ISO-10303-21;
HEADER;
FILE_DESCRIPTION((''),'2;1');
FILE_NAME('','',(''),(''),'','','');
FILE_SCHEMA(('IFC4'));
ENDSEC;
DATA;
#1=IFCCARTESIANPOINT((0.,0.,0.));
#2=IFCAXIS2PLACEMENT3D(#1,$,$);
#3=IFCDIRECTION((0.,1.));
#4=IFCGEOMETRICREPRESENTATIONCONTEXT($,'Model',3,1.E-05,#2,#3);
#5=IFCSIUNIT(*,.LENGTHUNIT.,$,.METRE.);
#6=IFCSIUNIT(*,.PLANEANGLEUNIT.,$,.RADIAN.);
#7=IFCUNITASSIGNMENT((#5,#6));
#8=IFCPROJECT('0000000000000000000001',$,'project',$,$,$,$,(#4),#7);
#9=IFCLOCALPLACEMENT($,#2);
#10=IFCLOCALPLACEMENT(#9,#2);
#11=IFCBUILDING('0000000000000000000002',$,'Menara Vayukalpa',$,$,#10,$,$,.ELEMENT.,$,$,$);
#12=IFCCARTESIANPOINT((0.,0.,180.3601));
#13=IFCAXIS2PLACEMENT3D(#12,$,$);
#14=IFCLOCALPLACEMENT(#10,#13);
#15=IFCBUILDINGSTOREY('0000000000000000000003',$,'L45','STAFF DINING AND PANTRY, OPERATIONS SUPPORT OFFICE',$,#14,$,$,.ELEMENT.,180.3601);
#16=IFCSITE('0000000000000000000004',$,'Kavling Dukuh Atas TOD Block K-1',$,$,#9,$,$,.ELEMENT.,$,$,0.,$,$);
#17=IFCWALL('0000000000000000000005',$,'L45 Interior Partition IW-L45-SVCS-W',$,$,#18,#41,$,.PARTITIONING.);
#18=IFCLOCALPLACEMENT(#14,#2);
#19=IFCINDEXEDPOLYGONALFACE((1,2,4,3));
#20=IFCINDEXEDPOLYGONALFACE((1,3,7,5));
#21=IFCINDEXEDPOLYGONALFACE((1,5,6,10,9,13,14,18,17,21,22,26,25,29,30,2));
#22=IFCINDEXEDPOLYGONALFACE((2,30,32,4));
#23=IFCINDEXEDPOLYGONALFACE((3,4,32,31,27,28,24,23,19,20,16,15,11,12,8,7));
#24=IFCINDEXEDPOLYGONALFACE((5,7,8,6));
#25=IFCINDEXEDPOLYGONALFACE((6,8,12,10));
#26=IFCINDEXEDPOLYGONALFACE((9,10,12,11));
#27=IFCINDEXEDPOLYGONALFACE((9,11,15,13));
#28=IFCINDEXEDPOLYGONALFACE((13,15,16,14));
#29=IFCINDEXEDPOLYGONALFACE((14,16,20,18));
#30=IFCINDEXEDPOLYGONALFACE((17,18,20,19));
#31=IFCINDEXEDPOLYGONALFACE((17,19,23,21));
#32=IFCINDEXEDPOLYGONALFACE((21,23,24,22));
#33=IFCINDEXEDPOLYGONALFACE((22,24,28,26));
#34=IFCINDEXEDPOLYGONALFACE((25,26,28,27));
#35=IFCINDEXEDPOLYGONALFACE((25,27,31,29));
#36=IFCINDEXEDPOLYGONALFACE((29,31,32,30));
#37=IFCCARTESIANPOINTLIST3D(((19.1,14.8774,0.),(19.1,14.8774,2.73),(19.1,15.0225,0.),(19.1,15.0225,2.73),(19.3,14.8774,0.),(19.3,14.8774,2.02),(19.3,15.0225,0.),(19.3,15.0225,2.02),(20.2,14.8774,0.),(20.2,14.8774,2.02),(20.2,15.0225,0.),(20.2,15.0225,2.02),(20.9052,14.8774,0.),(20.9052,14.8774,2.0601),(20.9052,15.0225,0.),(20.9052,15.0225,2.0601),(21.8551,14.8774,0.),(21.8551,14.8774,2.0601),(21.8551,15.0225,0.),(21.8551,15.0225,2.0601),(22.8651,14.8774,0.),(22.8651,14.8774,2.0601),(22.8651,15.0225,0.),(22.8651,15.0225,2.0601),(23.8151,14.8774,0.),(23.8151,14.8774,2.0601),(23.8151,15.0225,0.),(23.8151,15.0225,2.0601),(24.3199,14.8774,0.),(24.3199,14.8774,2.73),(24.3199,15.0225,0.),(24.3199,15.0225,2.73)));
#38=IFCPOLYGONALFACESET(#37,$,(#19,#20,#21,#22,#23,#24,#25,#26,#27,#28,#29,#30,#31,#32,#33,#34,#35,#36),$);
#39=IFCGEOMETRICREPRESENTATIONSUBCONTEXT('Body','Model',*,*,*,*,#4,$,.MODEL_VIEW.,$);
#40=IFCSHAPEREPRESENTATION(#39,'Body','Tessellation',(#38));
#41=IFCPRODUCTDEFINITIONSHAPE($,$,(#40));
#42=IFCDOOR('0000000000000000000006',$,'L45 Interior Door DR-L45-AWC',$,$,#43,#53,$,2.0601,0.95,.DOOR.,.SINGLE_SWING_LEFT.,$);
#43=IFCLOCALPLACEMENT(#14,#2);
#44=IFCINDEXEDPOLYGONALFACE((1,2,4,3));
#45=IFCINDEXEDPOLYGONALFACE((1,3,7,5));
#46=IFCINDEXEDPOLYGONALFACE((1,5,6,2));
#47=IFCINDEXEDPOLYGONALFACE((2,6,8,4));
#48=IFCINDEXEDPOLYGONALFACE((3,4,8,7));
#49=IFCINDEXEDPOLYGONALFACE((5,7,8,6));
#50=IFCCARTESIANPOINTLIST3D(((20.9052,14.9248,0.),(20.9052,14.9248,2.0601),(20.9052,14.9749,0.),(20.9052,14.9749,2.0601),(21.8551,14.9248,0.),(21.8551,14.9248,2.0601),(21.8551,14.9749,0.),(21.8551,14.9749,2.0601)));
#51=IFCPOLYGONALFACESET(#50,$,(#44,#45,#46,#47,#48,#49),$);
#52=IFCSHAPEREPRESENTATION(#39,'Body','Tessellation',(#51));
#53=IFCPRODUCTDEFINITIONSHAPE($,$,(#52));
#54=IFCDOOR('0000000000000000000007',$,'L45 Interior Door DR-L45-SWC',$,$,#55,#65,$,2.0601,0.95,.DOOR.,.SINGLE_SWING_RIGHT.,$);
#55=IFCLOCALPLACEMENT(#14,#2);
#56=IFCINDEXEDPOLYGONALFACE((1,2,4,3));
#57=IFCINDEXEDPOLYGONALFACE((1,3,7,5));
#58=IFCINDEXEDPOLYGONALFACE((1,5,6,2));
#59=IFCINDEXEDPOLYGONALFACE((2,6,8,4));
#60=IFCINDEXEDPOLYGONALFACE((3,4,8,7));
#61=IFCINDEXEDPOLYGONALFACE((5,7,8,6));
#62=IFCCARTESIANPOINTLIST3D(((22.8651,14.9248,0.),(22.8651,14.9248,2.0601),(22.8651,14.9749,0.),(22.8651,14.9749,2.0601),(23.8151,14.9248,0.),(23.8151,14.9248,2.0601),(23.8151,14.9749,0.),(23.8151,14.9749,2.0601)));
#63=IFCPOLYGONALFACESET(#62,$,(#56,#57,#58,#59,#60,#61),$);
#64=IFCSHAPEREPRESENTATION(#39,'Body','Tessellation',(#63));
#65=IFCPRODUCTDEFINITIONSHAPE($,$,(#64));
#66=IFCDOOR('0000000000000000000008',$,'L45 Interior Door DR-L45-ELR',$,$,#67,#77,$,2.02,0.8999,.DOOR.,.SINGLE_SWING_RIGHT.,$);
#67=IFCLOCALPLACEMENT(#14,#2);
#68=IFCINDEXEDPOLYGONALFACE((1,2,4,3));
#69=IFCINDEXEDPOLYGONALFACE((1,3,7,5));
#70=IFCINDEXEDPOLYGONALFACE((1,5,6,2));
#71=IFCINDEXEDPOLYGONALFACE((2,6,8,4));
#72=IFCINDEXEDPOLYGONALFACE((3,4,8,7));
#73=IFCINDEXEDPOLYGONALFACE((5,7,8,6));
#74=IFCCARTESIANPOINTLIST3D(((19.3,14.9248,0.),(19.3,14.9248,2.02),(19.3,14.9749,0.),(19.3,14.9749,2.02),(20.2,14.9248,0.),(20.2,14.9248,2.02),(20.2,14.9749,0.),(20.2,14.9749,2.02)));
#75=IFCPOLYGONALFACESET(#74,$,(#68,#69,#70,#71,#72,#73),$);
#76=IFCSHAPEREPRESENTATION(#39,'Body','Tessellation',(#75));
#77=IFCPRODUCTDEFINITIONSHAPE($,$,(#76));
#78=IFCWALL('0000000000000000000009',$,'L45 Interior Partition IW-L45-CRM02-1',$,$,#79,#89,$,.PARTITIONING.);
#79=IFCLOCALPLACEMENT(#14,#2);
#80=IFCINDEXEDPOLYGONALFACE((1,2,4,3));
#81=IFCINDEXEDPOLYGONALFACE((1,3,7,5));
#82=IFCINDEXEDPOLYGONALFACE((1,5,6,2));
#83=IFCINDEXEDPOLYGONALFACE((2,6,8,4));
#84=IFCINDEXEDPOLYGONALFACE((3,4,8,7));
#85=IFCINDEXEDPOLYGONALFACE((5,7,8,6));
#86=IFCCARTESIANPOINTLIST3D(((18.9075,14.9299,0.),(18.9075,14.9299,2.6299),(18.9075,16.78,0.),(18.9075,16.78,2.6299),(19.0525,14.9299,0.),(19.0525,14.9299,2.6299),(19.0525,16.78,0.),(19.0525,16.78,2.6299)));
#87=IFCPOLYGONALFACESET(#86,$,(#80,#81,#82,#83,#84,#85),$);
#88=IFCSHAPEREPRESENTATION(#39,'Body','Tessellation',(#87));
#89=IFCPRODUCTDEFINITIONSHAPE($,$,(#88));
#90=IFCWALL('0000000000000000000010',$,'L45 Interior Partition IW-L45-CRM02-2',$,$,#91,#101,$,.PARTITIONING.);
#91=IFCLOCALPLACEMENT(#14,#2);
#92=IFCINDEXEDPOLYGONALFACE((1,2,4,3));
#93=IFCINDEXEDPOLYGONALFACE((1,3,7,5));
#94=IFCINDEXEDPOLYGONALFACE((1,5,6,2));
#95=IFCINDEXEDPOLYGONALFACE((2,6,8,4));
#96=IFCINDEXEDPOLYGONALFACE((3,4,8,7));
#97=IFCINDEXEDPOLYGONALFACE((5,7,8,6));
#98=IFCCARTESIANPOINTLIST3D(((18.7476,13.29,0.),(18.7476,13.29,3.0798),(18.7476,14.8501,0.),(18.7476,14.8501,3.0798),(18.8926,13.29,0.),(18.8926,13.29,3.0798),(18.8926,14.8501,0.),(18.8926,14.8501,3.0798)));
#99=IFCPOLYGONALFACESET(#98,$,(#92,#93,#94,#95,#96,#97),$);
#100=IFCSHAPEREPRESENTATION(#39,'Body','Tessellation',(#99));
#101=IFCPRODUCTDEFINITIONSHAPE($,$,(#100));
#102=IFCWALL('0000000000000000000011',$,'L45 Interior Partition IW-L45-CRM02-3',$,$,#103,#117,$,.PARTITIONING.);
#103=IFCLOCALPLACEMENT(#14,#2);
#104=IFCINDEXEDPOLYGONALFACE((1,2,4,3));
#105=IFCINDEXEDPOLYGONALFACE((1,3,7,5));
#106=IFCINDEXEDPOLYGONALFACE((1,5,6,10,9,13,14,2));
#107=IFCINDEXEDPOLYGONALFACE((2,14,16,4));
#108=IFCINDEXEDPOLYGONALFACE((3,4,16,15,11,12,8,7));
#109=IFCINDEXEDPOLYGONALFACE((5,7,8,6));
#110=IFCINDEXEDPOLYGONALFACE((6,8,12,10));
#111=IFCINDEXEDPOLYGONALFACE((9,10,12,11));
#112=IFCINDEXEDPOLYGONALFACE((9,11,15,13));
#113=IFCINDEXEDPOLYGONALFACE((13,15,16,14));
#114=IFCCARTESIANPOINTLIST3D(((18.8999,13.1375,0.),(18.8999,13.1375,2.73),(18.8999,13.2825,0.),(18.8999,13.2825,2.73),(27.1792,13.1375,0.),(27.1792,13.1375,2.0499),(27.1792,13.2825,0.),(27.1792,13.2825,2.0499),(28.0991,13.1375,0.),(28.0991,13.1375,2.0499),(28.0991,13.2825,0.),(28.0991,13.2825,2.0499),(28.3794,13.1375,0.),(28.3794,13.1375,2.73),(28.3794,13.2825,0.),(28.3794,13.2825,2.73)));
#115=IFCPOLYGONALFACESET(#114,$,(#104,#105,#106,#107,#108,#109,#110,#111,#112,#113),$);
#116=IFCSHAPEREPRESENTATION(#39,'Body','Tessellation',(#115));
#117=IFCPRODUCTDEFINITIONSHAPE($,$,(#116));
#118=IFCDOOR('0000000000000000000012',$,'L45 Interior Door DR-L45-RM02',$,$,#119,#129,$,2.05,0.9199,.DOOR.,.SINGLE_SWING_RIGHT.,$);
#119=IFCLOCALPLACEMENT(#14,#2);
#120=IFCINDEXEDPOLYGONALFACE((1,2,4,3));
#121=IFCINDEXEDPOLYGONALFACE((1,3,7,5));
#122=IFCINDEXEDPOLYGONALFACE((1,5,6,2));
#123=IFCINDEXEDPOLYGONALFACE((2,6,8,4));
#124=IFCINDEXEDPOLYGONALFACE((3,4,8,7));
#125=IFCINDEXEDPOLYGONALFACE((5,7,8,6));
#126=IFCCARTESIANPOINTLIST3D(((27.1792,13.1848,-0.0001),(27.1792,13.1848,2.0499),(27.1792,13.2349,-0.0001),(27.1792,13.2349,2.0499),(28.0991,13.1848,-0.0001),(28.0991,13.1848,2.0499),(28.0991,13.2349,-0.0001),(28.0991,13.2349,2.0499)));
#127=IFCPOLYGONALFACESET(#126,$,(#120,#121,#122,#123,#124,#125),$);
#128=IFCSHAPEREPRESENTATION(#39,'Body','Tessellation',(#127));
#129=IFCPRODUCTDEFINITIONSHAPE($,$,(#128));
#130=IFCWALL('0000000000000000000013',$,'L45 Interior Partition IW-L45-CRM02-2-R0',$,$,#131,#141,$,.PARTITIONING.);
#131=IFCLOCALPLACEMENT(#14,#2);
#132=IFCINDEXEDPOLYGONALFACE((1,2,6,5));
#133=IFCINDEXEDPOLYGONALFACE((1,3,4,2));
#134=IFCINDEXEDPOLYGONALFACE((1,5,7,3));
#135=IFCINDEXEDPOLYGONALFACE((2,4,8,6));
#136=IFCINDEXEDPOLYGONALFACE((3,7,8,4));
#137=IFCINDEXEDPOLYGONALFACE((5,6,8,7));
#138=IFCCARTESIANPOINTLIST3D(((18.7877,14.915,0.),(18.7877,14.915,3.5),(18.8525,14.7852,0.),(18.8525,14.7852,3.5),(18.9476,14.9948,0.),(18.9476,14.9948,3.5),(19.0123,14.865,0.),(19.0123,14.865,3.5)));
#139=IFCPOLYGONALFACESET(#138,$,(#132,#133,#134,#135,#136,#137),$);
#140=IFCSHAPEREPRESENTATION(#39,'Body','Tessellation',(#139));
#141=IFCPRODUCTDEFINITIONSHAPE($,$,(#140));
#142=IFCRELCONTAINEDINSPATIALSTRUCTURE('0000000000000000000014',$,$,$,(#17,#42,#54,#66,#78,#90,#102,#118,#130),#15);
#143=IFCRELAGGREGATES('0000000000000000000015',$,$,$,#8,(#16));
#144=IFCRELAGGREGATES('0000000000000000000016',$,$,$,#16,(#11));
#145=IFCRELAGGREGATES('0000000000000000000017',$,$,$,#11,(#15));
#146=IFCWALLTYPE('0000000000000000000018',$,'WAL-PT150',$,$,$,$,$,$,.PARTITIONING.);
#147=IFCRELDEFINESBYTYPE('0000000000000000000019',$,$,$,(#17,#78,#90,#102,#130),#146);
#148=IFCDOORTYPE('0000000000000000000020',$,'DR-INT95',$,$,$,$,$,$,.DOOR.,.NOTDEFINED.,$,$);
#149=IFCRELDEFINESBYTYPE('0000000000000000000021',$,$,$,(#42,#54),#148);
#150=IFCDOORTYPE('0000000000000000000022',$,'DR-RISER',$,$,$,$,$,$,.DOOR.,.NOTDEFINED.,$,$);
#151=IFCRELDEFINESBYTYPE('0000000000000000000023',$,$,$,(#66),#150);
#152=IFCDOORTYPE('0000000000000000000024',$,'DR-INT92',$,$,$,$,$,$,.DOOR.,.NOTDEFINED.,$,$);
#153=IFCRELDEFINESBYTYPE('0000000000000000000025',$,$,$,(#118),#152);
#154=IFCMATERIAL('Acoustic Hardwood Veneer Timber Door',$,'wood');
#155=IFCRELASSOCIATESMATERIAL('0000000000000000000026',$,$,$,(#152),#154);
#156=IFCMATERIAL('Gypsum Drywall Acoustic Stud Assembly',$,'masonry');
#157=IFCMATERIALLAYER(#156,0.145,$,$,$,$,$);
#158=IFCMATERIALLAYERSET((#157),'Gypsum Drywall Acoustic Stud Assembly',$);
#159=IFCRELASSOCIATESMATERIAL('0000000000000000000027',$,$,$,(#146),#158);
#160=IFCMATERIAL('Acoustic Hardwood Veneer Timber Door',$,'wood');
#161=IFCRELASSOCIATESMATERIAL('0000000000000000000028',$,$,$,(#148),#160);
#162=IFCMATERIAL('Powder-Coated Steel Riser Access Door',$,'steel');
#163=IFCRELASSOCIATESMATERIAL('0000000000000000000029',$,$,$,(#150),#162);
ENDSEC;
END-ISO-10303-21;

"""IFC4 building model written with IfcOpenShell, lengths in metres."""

from ifc_helpers import new_model, si_unit, direction, frame, frame_2d, origin, place, context, subcontext, project, spatial, rectangle, extrude, material, layer, layer_set, type_object, element, fill, save


model = new_model("IFC4")

# Units and contexts
model_context = context("Model", 3, precision=1e-05, world=origin(), true_north=direction((0.0, 1.0)))
body_context = subcontext(model_context, "Body", "Model", "MODEL_VIEW")
ifc_project = project(units=[si_unit("LENGTHUNIT", "METRE"), si_unit("PLANEANGLEUNIT", "RADIAN")], contexts=[model_context])

# Site, building, storey
site_placement = place(None, origin())
site = spatial("IfcSite", under=ifc_project, at=site_placement, Name="Kavling Dukuh Atas TOD Block K-1", CompositionType="ELEMENT", RefElevation=0.0)
building_placement = place(site_placement, origin())
building = spatial("IfcBuilding", under=site, at=building_placement, Name="Menara Vayukalpa", CompositionType="ELEMENT")
storey_placement = place(building_placement, frame((0.0, 0.0, 180.3601)))
storey = spatial("IfcBuildingStorey", under=building, at=storey_placement, Name="L45", Description="STAFF DINING AND PANTRY, OPERATIONS SUPPORT OFFICE", CompositionType="ELEMENT", Elevation=180.3601)

# Shared definitions
ifc_material_1 = material(Name="Acoustic Hardwood Veneer Timber Door", Category="wood")
door_type_1 = type_object("IfcDoorType", Name="DR-INT92", OperationType="NOTDEFINED", PredefinedType="DOOR", material=ifc_material_1)

# Wall, openings, doors
ifc_material_2 = material(Name="Gypsum Drywall Acoustic Stud Assembly", Category="masonry")
ifc_layer_1 = layer(ifc_material_2, 0.145)
ifc_layer_set_1 = layer_set([ifc_layer_1], Name="Gypsum Drywall Acoustic Stud Assembly")
wall_type_1 = type_object("IfcWallType", Name="WAL-PT150", PredefinedType="PARTITIONING", material=ifc_layer_set_1)
wall_1_placement = place(storey_placement, frame((19.1001, 14.95, 0.0), z_axis=(0.0, 0.0, 1.0), x_axis=(1.0, 0.0, 0.0)))
wall_1 = element("IfcWall", 1, at=wall_1_placement, inside=storey, type_object=wall_type_1, Name="L45 Interior Partition IW-L45-SVCS-W", PredefinedType="PARTITIONING", context=body_context, shape_type="SweptSolid", body=[
    extrude(rectangle(XDim=5.22, YDim=0.145, at=frame_2d((2.6099, 0.0))), origin(), (0.0, 0.0, 1.0), 2.73),
])
opening_1_placement = place(wall_1_placement, frame((0.2, 0.0, 0.0)))
opening_1 = element("IfcOpeningElement", 2, at=opening_1_placement, cuts=wall_1, PredefinedType="OPENING", context=body_context, shape_type="SweptSolid", body=[
    extrude(rectangle(XDim=0.8999, YDim=2.02, at=frame_2d((0.45, 1.01))), frame((0.0, 0.0825, 0.0), z_axis=(0.0, -1.0, 0.0), x_axis=(1.0, 0.0, 0.0)), (0.0, 0.0, 1.0), 0.165),
])
opening_2_placement = place(wall_1_placement, frame((1.8049, 0.0, 0.0)))
opening_2 = element("IfcOpeningElement", 3, at=opening_2_placement, cuts=wall_1, PredefinedType="OPENING", context=body_context, shape_type="SweptSolid", body=[
    extrude(rectangle(XDim=0.95, YDim=2.0601, at=frame_2d((0.4751, 1.03))), frame((0.0, 0.0825, 0.0), z_axis=(0.0, -1.0, 0.0), x_axis=(1.0, 0.0, 0.0)), (0.0, 0.0, 1.0), 0.165),
])
opening_3_placement = place(wall_1_placement, frame((3.7649, 0.0, 0.0)))
opening_3 = element("IfcOpeningElement", 4, at=opening_3_placement, cuts=wall_1, PredefinedType="OPENING", context=body_context, shape_type="SweptSolid", body=[
    extrude(rectangle(XDim=0.95, YDim=2.0601, at=frame_2d((0.4751, 1.03))), frame((0.0, 0.0825, 0.0), z_axis=(0.0, -1.0, 0.0), x_axis=(1.0, 0.0, 0.0)), (0.0, 0.0, 1.0), 0.165),
])
ifc_material_3 = material(Name="Acoustic Hardwood Veneer Timber Door", Category="wood")
door_type_2 = type_object("IfcDoorType", Name="DR-INT95", OperationType="NOTDEFINED", PredefinedType="DOOR", material=ifc_material_3)
door_1_placement = place(opening_2_placement, origin())
door_1 = element("IfcDoor", 5, at=door_1_placement, inside=storey, type_object=door_type_2, Name="L45 Interior Door DR-L45-AWC", OperationType="SINGLE_SWING_LEFT", OverallHeight=2.0601, OverallWidth=0.95, PredefinedType="DOOR", context=body_context, shape_type="SweptSolid", body=[
    extrude(rectangle(XDim=0.95, YDim=2.0601, at=frame_2d((0.4751, 1.03))), frame((0.0, 0.0249, 0.0), z_axis=(0.0, -1.0, 0.0), x_axis=(1.0, 0.0, 0.0)), (0.0, 0.0, 1.0), 0.05),
])
fill(opening_2, door_1)
door_2_placement = place(opening_3_placement, origin())
door_2 = element("IfcDoor", 6, at=door_2_placement, inside=storey, type_object=door_type_2, Name="L45 Interior Door DR-L45-SWC", OperationType="SINGLE_SWING_RIGHT", OverallHeight=2.0601, OverallWidth=0.95, PredefinedType="DOOR", context=body_context, shape_type="SweptSolid", body=[
    extrude(rectangle(XDim=0.95, YDim=2.0601, at=frame_2d((0.4751, 1.03))), frame((0.0, 0.0249, 0.0), z_axis=(0.0, -1.0, 0.0), x_axis=(1.0, 0.0, 0.0)), (0.0, 0.0, 1.0), 0.05),
])
fill(opening_3, door_2)
ifc_material_4 = material(Name="Powder-Coated Steel Riser Access Door", Category="steel")
door_type_3 = type_object("IfcDoorType", Name="DR-RISER", OperationType="NOTDEFINED", PredefinedType="DOOR", material=ifc_material_4)
door_3_placement = place(opening_1_placement, origin())
door_3 = element("IfcDoor", 7, at=door_3_placement, inside=storey, type_object=door_type_3, Name="L45 Interior Door DR-L45-ELR", OperationType="SINGLE_SWING_RIGHT", OverallHeight=2.02, OverallWidth=0.8999, PredefinedType="DOOR", context=body_context, shape_type="SweptSolid", body=[
    extrude(rectangle(XDim=0.8999, YDim=2.02, at=frame_2d((0.45, 1.01))), frame((0.0, 0.0249, 0.0), z_axis=(0.0, -1.0, 0.0), x_axis=(1.0, 0.0, 0.0)), (0.0, 0.0, 1.0), 0.05),
])
fill(opening_1, door_3)

# Walls
wall_2_placement = place(storey_placement, frame((18.98, 16.78, 0.0), z_axis=(0.0, 0.0, 1.0), x_axis=(0.0, -1.0, 0.0)))
element("IfcWall", 8, at=wall_2_placement, inside=storey, type_object=wall_type_1, Name="L45 Interior Partition IW-L45-CRM02-1", PredefinedType="PARTITIONING", context=body_context, shape_type="SweptSolid", body=[
    extrude(rectangle(XDim=1.8501, YDim=0.145, at=frame_2d((0.925, 0.0))), origin(), (0.0, 0.0, 1.0), 2.6299),
])
wall_3_placement = place(storey_placement, frame((18.8201, 14.8501, 0.0), z_axis=(0.0, 0.0, 1.0), x_axis=(0.0, -1.0, 0.0)))
element("IfcWall", 9, at=wall_3_placement, inside=storey, type_object=wall_type_1, Name="L45 Interior Partition IW-L45-CRM02-2", PredefinedType="PARTITIONING", context=body_context, shape_type="SweptSolid", body=[
    extrude(rectangle(XDim=1.5601, YDim=0.145, at=frame_2d((0.78, 0.0))), origin(), (0.0, 0.0, 1.0), 3.0798),
])

# Wall, opening, door
wall_4_placement = place(storey_placement, frame((18.8999, 13.21, 0.0), z_axis=(0.0, 0.0, 1.0), x_axis=(1.0, 0.0, 0.0)))
wall_4 = element("IfcWall", 10, at=wall_4_placement, inside=storey, type_object=wall_type_1, Name="L45 Interior Partition IW-L45-CRM02-3", PredefinedType="PARTITIONING", context=body_context, shape_type="SweptSolid", body=[
    extrude(rectangle(XDim=9.4795, YDim=0.145, at=frame_2d((4.7397, 0.0))), origin(), (0.0, 0.0, 1.0), 2.73),
])
opening_4_placement = place(wall_4_placement, frame((8.2793, 0.0, 0.0)))
opening_4 = element("IfcOpeningElement", 11, at=opening_4_placement, cuts=wall_4, PredefinedType="OPENING", context=body_context, shape_type="SweptSolid", body=[
    extrude(rectangle(XDim=0.9199, YDim=2.05, at=frame_2d((0.46, 1.0249))), frame((0.0, 0.0825, 0.0), z_axis=(0.0, -1.0, 0.0), x_axis=(1.0, 0.0, 0.0)), (0.0, 0.0, 1.0), 0.165),
])
door_4_placement = place(opening_4_placement, origin())
door_4 = element("IfcDoor", 12, at=door_4_placement, inside=storey, type_object=door_type_1, Name="L45 Interior Door DR-L45-RM02", OperationType="SINGLE_SWING_RIGHT", OverallHeight=2.05, OverallWidth=0.9199, PredefinedType="DOOR", context=body_context, shape_type="SweptSolid", body=[
    extrude(rectangle(XDim=0.9199, YDim=2.05, at=frame_2d((0.46, 1.0249))), frame((0.0, 0.0249, 0.0), z_axis=(0.0, -1.0, 0.0), x_axis=(1.0, 0.0, 0.0)), (0.0, 0.0, 1.0), 0.05),
])
fill(opening_4, door_4)

# Wall
wall_5_placement = place(storey_placement, frame((18.8201, 14.8501, 0.0), z_axis=(0.0, 0.0, 1.0), x_axis=(0.8947, 0.446667, 0.0)))
element("IfcWall", 13, at=wall_5_placement, inside=storey, type_object=wall_type_1, Name="L45 Interior Partition IW-L45-CRM02-2-R0", PredefinedType="PARTITIONING", context=body_context, shape_type="SweptSolid", body=[
    extrude(rectangle(XDim=0.1787, YDim=0.145, at=frame_2d((0.0894, 0.0))), origin(), (0.0, 0.0, 1.0), 3.5),
])

save(model, "model.ifc")
